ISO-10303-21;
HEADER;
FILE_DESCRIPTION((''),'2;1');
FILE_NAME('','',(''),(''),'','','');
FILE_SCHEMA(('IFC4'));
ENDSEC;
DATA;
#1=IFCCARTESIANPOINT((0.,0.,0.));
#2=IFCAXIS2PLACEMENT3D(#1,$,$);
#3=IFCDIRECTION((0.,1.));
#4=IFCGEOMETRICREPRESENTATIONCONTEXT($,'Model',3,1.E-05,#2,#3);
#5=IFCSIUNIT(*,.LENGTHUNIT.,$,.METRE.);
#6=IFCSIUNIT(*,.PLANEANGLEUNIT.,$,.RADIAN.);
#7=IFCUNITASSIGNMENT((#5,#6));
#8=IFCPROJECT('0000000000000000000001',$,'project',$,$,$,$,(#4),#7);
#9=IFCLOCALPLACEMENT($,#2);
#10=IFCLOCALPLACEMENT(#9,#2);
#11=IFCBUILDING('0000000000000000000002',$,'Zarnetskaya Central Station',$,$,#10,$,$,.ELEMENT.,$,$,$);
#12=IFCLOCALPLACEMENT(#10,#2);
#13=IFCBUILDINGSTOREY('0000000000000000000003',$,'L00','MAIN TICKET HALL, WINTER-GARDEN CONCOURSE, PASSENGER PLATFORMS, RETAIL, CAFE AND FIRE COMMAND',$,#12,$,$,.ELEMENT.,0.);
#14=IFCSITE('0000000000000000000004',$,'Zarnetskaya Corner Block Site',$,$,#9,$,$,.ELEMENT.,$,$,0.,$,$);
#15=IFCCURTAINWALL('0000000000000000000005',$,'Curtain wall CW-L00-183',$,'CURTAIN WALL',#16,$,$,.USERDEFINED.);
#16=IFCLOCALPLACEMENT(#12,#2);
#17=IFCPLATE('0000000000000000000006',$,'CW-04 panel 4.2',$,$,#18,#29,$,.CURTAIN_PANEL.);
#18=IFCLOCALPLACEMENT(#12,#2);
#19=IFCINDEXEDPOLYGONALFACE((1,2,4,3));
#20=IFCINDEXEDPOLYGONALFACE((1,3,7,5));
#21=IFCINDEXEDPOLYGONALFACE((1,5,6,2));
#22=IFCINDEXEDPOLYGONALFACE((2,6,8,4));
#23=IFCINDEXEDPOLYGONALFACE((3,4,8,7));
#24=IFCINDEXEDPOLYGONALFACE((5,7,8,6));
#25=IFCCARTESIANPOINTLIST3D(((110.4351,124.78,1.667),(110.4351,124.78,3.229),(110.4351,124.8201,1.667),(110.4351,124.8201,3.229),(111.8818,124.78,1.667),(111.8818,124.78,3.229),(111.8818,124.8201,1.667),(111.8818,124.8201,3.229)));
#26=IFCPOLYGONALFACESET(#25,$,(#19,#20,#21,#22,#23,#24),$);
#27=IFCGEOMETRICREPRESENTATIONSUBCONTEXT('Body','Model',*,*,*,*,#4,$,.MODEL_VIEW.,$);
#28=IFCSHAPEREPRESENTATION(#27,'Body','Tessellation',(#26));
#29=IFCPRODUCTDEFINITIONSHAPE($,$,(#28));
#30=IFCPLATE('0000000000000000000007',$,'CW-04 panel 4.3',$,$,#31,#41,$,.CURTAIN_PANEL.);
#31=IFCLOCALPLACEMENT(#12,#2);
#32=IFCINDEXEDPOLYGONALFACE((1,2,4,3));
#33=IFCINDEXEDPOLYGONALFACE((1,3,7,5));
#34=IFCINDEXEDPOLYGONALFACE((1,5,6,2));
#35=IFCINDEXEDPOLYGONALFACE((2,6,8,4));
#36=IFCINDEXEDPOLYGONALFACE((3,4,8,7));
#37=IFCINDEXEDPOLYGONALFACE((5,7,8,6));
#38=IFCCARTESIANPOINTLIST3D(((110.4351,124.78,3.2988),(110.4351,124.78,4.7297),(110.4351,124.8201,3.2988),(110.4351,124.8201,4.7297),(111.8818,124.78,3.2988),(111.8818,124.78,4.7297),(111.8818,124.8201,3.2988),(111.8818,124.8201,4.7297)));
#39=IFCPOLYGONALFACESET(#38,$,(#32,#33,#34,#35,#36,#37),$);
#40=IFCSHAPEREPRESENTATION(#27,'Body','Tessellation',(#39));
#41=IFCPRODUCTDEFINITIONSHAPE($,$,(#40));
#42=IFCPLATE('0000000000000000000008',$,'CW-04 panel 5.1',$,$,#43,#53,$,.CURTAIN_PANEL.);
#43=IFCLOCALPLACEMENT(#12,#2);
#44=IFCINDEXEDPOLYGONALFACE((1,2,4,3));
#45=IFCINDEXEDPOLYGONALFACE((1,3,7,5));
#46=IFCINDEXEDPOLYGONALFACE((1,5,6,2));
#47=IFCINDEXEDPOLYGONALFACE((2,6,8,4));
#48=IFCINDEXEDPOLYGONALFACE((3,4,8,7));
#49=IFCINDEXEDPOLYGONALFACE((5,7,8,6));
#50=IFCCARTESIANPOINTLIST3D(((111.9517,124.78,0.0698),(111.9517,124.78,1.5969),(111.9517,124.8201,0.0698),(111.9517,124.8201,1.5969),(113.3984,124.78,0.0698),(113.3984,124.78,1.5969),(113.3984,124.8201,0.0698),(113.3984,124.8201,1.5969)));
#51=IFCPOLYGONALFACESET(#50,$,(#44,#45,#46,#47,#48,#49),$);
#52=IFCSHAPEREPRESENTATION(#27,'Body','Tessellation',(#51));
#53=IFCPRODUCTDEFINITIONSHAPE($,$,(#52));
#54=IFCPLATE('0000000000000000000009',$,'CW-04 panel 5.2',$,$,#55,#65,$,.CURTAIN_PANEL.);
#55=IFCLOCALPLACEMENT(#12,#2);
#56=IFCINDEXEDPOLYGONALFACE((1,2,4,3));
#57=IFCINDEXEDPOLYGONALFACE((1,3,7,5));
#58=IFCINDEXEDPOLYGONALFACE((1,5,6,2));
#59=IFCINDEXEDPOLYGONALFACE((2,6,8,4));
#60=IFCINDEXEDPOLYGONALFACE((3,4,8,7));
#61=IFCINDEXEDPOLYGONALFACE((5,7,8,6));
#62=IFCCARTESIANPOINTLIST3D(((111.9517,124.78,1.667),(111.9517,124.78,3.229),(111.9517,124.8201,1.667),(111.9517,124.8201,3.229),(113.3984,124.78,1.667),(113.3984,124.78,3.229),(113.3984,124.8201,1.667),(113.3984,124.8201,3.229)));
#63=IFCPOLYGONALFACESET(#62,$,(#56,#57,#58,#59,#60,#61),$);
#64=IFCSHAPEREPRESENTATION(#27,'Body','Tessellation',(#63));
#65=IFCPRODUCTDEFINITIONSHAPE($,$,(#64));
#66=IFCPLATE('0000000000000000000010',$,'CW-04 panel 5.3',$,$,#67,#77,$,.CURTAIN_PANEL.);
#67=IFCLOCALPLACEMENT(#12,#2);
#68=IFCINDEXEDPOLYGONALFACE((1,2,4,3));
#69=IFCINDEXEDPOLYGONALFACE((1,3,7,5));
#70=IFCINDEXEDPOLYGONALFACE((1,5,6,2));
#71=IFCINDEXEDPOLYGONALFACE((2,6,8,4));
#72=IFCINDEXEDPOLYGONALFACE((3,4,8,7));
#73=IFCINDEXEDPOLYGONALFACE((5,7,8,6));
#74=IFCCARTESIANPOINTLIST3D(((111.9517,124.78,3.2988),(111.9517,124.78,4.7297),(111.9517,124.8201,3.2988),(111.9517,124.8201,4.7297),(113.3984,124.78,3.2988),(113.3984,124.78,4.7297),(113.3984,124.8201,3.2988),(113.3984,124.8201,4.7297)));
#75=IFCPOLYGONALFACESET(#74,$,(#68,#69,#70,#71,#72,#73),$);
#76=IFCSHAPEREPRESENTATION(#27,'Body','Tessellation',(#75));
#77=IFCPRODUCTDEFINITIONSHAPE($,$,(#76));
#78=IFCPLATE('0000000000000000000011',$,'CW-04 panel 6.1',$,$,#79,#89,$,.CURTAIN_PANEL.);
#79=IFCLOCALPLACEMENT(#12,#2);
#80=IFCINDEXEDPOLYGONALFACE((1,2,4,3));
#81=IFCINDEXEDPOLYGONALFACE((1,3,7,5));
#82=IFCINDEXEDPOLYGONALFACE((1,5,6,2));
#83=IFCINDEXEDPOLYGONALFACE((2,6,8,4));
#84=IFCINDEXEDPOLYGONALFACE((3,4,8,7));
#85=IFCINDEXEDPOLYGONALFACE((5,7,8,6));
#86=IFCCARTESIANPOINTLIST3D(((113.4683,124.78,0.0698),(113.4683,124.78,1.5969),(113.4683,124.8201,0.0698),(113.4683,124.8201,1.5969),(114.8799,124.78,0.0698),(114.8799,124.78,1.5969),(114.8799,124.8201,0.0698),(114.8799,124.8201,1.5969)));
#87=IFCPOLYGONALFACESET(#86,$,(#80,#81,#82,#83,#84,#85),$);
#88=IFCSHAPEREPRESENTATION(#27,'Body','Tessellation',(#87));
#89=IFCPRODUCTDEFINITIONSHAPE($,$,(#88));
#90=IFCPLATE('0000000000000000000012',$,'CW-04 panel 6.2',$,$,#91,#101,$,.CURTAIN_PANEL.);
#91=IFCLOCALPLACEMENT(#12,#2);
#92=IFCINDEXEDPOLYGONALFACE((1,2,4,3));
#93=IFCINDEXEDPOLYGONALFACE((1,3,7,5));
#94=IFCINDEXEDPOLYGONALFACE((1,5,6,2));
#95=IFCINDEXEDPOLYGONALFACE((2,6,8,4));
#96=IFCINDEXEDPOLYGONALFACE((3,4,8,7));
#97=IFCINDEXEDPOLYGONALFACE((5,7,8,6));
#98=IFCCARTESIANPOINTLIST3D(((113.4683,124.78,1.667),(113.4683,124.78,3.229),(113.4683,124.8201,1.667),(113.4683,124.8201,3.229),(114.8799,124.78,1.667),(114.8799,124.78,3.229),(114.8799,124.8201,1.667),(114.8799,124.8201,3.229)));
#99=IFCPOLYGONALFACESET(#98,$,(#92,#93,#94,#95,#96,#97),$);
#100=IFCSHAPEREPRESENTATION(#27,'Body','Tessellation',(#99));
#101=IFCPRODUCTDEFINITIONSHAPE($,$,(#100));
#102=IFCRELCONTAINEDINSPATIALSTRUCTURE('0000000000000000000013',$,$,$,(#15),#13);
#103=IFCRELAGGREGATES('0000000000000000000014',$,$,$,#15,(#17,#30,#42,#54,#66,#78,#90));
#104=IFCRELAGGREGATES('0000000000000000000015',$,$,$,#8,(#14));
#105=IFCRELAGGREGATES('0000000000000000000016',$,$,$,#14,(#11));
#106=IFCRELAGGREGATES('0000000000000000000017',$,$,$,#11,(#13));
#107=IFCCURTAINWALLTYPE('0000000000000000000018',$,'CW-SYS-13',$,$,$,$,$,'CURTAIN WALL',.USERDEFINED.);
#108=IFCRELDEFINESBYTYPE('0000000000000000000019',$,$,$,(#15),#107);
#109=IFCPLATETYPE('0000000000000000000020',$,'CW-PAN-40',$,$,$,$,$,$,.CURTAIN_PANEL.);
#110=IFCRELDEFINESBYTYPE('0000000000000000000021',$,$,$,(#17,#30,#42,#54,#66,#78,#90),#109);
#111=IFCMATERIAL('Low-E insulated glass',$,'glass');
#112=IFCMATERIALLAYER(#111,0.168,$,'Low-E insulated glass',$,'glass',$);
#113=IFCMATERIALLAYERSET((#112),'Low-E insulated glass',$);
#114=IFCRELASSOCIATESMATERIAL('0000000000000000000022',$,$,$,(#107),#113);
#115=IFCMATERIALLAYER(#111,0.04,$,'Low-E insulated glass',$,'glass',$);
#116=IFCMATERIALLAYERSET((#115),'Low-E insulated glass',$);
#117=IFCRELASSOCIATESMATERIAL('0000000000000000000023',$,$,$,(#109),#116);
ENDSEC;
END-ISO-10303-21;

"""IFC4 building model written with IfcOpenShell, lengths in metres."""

from ifc_helpers import new_model, si_unit, direction, frame, origin, origin_2d, place, context, subcontext, project, spatial, rectangle, extrude, material, layer, layer_set, type_object, element, aggregate, save


model = new_model("IFC4")

# Units and contexts
model_context = context("Model", 3, precision=1e-05, world=origin(), true_north=direction((0.0, 1.0)))
body_context = subcontext(model_context, "Body", "Model", "MODEL_VIEW")
ifc_project = project(units=[si_unit("LENGTHUNIT", "METRE"), si_unit("PLANEANGLEUNIT", "RADIAN")], contexts=[model_context])

# Site, building, storey
site_placement = place(None, origin())
site = spatial("IfcSite", under=ifc_project, at=site_placement, Name="Zarnetskaya Corner Block Site", CompositionType="ELEMENT", RefElevation=0.0)
building_placement = place(site_placement, origin())
building = spatial("IfcBuilding", under=site, at=building_placement, Name="Zarnetskaya Central Station", CompositionType="ELEMENT")
storey_placement = place(building_placement, origin())
storey = spatial("IfcBuildingStorey", under=building, at=storey_placement, Name="L00", Description="MAIN TICKET HALL, WINTER-GARDEN CONCOURSE, PASSENGER PLATFORMS, RETAIL, CAFE AND FIRE COMMAND", CompositionType="ELEMENT", Elevation=0.0)

# Curtain wall, plates
ifc_material_1 = material(Name="Low-E insulated glass", Category="glass")
ifc_layer_1 = layer(ifc_material_1, 0.168, Name="Low-E insulated glass", Category="glass")
ifc_layer_set_1 = layer_set([ifc_layer_1], Name="Low-E insulated glass")
curtain_wall_type = type_object("IfcCurtainWallType", Name="CW-SYS-13", ElementType="CURTAIN WALL", PredefinedType="USERDEFINED", material=ifc_layer_set_1)
curtain_wall_placement = place(storey_placement, origin())
curtain_wall = element("IfcCurtainWall", 1, at=curtain_wall_placement, inside=storey, type_object=curtain_wall_type, Name="Curtain wall CW-L00-183", ObjectType="CURTAIN WALL", PredefinedType="USERDEFINED")
ifc_layer_2 = layer(ifc_material_1, 0.04, Name="Low-E insulated glass", Category="glass")
ifc_layer_set_2 = layer_set([ifc_layer_2], Name="Low-E insulated glass")
plate_type = type_object("IfcPlateType", Name="CW-PAN-40", PredefinedType="CURTAIN_PANEL", material=ifc_layer_set_2)
plate_1_placement = place(storey_placement, frame((111.1584, 124.8, 1.667), z_axis=(0.0, 0.0, 1.0), x_axis=(1.0, 0.0, 0.0)))
plate_1 = element("IfcPlate", 2, at=plate_1_placement, type_object=plate_type, Name="CW-04 panel 4.2", PredefinedType="CURTAIN_PANEL", context=body_context, shape_type="SweptSolid", body=[
    extrude(rectangle(XDim=1.4468, YDim=0.04, at=origin_2d()), origin(), (0.0, 0.0, 1.0), 1.562),
])
plate_2_placement = place(storey_placement, frame((111.1584, 124.8, 3.2988), z_axis=(0.0, 0.0, 1.0), x_axis=(1.0, 0.0, 0.0)))
plate_2 = element("IfcPlate", 3, at=plate_2_placement, type_object=plate_type, Name="CW-04 panel 4.3", PredefinedType="CURTAIN_PANEL", context=body_context, shape_type="SweptSolid", body=[
    extrude(rectangle(XDim=1.4468, YDim=0.04, at=origin_2d()), origin(), (0.0, 0.0, 1.0), 1.4309),
])
plate_3_placement = place(storey_placement, frame((112.675, 124.8, 0.0698), z_axis=(0.0, 0.0, 1.0), x_axis=(1.0, 0.0, 0.0)))
plate_3 = element("IfcPlate", 4, at=plate_3_placement, type_object=plate_type, Name="CW-04 panel 5.1", PredefinedType="CURTAIN_PANEL", context=body_context, shape_type="SweptSolid", body=[
    extrude(rectangle(XDim=1.4468, YDim=0.04, at=origin_2d()), origin(), (0.0, 0.0, 1.0), 1.5271),
])
plate_4_placement = place(storey_placement, frame((112.675, 124.8, 1.667), z_axis=(0.0, 0.0, 1.0), x_axis=(1.0, 0.0, 0.0)))
plate_4 = element("IfcPlate", 5, at=plate_4_placement, type_object=plate_type, Name="CW-04 panel 5.2", PredefinedType="CURTAIN_PANEL", context=body_context, shape_type="SweptSolid", body=[
    extrude(rectangle(XDim=1.4468, YDim=0.04, at=origin_2d()), origin(), (0.0, 0.0, 1.0), 1.562),
])
plate_5_placement = place(storey_placement, frame((112.675, 124.8, 3.2988), z_axis=(0.0, 0.0, 1.0), x_axis=(1.0, 0.0, 0.0)))
plate_5 = element("IfcPlate", 6, at=plate_5_placement, type_object=plate_type, Name="CW-04 panel 5.3", PredefinedType="CURTAIN_PANEL", context=body_context, shape_type="SweptSolid", body=[
    extrude(rectangle(XDim=1.4468, YDim=0.04, at=origin_2d()), origin(), (0.0, 0.0, 1.0), 1.4309),
])
plate_6_placement = place(storey_placement, frame((114.1741, 124.8, 0.0698), z_axis=(0.0, 0.0, 1.0), x_axis=(1.0, 0.0, 0.0)))
plate_6 = element("IfcPlate", 7, at=plate_6_placement, type_object=plate_type, Name="CW-04 panel 6.1", PredefinedType="CURTAIN_PANEL", context=body_context, shape_type="SweptSolid", body=[
    extrude(rectangle(XDim=1.4116, YDim=0.04, at=origin_2d()), origin(), (0.0, 0.0, 1.0), 1.5271),
])
plate_7_placement = place(storey_placement, frame((114.1741, 124.8, 1.667), z_axis=(0.0, 0.0, 1.0), x_axis=(1.0, 0.0, 0.0)))
plate_7 = element("IfcPlate", 8, at=plate_7_placement, type_object=plate_type, Name="CW-04 panel 6.2", PredefinedType="CURTAIN_PANEL", context=body_context, shape_type="SweptSolid", body=[
    extrude(rectangle(XDim=1.4116, YDim=0.04, at=origin_2d()), origin(), (0.0, 0.0, 1.0), 1.562),
])
aggregate(curtain_wall, [plate_1, plate_2, plate_3, plate_4, plate_5, plate_6, plate_7])

save(model, "model.ifc")
